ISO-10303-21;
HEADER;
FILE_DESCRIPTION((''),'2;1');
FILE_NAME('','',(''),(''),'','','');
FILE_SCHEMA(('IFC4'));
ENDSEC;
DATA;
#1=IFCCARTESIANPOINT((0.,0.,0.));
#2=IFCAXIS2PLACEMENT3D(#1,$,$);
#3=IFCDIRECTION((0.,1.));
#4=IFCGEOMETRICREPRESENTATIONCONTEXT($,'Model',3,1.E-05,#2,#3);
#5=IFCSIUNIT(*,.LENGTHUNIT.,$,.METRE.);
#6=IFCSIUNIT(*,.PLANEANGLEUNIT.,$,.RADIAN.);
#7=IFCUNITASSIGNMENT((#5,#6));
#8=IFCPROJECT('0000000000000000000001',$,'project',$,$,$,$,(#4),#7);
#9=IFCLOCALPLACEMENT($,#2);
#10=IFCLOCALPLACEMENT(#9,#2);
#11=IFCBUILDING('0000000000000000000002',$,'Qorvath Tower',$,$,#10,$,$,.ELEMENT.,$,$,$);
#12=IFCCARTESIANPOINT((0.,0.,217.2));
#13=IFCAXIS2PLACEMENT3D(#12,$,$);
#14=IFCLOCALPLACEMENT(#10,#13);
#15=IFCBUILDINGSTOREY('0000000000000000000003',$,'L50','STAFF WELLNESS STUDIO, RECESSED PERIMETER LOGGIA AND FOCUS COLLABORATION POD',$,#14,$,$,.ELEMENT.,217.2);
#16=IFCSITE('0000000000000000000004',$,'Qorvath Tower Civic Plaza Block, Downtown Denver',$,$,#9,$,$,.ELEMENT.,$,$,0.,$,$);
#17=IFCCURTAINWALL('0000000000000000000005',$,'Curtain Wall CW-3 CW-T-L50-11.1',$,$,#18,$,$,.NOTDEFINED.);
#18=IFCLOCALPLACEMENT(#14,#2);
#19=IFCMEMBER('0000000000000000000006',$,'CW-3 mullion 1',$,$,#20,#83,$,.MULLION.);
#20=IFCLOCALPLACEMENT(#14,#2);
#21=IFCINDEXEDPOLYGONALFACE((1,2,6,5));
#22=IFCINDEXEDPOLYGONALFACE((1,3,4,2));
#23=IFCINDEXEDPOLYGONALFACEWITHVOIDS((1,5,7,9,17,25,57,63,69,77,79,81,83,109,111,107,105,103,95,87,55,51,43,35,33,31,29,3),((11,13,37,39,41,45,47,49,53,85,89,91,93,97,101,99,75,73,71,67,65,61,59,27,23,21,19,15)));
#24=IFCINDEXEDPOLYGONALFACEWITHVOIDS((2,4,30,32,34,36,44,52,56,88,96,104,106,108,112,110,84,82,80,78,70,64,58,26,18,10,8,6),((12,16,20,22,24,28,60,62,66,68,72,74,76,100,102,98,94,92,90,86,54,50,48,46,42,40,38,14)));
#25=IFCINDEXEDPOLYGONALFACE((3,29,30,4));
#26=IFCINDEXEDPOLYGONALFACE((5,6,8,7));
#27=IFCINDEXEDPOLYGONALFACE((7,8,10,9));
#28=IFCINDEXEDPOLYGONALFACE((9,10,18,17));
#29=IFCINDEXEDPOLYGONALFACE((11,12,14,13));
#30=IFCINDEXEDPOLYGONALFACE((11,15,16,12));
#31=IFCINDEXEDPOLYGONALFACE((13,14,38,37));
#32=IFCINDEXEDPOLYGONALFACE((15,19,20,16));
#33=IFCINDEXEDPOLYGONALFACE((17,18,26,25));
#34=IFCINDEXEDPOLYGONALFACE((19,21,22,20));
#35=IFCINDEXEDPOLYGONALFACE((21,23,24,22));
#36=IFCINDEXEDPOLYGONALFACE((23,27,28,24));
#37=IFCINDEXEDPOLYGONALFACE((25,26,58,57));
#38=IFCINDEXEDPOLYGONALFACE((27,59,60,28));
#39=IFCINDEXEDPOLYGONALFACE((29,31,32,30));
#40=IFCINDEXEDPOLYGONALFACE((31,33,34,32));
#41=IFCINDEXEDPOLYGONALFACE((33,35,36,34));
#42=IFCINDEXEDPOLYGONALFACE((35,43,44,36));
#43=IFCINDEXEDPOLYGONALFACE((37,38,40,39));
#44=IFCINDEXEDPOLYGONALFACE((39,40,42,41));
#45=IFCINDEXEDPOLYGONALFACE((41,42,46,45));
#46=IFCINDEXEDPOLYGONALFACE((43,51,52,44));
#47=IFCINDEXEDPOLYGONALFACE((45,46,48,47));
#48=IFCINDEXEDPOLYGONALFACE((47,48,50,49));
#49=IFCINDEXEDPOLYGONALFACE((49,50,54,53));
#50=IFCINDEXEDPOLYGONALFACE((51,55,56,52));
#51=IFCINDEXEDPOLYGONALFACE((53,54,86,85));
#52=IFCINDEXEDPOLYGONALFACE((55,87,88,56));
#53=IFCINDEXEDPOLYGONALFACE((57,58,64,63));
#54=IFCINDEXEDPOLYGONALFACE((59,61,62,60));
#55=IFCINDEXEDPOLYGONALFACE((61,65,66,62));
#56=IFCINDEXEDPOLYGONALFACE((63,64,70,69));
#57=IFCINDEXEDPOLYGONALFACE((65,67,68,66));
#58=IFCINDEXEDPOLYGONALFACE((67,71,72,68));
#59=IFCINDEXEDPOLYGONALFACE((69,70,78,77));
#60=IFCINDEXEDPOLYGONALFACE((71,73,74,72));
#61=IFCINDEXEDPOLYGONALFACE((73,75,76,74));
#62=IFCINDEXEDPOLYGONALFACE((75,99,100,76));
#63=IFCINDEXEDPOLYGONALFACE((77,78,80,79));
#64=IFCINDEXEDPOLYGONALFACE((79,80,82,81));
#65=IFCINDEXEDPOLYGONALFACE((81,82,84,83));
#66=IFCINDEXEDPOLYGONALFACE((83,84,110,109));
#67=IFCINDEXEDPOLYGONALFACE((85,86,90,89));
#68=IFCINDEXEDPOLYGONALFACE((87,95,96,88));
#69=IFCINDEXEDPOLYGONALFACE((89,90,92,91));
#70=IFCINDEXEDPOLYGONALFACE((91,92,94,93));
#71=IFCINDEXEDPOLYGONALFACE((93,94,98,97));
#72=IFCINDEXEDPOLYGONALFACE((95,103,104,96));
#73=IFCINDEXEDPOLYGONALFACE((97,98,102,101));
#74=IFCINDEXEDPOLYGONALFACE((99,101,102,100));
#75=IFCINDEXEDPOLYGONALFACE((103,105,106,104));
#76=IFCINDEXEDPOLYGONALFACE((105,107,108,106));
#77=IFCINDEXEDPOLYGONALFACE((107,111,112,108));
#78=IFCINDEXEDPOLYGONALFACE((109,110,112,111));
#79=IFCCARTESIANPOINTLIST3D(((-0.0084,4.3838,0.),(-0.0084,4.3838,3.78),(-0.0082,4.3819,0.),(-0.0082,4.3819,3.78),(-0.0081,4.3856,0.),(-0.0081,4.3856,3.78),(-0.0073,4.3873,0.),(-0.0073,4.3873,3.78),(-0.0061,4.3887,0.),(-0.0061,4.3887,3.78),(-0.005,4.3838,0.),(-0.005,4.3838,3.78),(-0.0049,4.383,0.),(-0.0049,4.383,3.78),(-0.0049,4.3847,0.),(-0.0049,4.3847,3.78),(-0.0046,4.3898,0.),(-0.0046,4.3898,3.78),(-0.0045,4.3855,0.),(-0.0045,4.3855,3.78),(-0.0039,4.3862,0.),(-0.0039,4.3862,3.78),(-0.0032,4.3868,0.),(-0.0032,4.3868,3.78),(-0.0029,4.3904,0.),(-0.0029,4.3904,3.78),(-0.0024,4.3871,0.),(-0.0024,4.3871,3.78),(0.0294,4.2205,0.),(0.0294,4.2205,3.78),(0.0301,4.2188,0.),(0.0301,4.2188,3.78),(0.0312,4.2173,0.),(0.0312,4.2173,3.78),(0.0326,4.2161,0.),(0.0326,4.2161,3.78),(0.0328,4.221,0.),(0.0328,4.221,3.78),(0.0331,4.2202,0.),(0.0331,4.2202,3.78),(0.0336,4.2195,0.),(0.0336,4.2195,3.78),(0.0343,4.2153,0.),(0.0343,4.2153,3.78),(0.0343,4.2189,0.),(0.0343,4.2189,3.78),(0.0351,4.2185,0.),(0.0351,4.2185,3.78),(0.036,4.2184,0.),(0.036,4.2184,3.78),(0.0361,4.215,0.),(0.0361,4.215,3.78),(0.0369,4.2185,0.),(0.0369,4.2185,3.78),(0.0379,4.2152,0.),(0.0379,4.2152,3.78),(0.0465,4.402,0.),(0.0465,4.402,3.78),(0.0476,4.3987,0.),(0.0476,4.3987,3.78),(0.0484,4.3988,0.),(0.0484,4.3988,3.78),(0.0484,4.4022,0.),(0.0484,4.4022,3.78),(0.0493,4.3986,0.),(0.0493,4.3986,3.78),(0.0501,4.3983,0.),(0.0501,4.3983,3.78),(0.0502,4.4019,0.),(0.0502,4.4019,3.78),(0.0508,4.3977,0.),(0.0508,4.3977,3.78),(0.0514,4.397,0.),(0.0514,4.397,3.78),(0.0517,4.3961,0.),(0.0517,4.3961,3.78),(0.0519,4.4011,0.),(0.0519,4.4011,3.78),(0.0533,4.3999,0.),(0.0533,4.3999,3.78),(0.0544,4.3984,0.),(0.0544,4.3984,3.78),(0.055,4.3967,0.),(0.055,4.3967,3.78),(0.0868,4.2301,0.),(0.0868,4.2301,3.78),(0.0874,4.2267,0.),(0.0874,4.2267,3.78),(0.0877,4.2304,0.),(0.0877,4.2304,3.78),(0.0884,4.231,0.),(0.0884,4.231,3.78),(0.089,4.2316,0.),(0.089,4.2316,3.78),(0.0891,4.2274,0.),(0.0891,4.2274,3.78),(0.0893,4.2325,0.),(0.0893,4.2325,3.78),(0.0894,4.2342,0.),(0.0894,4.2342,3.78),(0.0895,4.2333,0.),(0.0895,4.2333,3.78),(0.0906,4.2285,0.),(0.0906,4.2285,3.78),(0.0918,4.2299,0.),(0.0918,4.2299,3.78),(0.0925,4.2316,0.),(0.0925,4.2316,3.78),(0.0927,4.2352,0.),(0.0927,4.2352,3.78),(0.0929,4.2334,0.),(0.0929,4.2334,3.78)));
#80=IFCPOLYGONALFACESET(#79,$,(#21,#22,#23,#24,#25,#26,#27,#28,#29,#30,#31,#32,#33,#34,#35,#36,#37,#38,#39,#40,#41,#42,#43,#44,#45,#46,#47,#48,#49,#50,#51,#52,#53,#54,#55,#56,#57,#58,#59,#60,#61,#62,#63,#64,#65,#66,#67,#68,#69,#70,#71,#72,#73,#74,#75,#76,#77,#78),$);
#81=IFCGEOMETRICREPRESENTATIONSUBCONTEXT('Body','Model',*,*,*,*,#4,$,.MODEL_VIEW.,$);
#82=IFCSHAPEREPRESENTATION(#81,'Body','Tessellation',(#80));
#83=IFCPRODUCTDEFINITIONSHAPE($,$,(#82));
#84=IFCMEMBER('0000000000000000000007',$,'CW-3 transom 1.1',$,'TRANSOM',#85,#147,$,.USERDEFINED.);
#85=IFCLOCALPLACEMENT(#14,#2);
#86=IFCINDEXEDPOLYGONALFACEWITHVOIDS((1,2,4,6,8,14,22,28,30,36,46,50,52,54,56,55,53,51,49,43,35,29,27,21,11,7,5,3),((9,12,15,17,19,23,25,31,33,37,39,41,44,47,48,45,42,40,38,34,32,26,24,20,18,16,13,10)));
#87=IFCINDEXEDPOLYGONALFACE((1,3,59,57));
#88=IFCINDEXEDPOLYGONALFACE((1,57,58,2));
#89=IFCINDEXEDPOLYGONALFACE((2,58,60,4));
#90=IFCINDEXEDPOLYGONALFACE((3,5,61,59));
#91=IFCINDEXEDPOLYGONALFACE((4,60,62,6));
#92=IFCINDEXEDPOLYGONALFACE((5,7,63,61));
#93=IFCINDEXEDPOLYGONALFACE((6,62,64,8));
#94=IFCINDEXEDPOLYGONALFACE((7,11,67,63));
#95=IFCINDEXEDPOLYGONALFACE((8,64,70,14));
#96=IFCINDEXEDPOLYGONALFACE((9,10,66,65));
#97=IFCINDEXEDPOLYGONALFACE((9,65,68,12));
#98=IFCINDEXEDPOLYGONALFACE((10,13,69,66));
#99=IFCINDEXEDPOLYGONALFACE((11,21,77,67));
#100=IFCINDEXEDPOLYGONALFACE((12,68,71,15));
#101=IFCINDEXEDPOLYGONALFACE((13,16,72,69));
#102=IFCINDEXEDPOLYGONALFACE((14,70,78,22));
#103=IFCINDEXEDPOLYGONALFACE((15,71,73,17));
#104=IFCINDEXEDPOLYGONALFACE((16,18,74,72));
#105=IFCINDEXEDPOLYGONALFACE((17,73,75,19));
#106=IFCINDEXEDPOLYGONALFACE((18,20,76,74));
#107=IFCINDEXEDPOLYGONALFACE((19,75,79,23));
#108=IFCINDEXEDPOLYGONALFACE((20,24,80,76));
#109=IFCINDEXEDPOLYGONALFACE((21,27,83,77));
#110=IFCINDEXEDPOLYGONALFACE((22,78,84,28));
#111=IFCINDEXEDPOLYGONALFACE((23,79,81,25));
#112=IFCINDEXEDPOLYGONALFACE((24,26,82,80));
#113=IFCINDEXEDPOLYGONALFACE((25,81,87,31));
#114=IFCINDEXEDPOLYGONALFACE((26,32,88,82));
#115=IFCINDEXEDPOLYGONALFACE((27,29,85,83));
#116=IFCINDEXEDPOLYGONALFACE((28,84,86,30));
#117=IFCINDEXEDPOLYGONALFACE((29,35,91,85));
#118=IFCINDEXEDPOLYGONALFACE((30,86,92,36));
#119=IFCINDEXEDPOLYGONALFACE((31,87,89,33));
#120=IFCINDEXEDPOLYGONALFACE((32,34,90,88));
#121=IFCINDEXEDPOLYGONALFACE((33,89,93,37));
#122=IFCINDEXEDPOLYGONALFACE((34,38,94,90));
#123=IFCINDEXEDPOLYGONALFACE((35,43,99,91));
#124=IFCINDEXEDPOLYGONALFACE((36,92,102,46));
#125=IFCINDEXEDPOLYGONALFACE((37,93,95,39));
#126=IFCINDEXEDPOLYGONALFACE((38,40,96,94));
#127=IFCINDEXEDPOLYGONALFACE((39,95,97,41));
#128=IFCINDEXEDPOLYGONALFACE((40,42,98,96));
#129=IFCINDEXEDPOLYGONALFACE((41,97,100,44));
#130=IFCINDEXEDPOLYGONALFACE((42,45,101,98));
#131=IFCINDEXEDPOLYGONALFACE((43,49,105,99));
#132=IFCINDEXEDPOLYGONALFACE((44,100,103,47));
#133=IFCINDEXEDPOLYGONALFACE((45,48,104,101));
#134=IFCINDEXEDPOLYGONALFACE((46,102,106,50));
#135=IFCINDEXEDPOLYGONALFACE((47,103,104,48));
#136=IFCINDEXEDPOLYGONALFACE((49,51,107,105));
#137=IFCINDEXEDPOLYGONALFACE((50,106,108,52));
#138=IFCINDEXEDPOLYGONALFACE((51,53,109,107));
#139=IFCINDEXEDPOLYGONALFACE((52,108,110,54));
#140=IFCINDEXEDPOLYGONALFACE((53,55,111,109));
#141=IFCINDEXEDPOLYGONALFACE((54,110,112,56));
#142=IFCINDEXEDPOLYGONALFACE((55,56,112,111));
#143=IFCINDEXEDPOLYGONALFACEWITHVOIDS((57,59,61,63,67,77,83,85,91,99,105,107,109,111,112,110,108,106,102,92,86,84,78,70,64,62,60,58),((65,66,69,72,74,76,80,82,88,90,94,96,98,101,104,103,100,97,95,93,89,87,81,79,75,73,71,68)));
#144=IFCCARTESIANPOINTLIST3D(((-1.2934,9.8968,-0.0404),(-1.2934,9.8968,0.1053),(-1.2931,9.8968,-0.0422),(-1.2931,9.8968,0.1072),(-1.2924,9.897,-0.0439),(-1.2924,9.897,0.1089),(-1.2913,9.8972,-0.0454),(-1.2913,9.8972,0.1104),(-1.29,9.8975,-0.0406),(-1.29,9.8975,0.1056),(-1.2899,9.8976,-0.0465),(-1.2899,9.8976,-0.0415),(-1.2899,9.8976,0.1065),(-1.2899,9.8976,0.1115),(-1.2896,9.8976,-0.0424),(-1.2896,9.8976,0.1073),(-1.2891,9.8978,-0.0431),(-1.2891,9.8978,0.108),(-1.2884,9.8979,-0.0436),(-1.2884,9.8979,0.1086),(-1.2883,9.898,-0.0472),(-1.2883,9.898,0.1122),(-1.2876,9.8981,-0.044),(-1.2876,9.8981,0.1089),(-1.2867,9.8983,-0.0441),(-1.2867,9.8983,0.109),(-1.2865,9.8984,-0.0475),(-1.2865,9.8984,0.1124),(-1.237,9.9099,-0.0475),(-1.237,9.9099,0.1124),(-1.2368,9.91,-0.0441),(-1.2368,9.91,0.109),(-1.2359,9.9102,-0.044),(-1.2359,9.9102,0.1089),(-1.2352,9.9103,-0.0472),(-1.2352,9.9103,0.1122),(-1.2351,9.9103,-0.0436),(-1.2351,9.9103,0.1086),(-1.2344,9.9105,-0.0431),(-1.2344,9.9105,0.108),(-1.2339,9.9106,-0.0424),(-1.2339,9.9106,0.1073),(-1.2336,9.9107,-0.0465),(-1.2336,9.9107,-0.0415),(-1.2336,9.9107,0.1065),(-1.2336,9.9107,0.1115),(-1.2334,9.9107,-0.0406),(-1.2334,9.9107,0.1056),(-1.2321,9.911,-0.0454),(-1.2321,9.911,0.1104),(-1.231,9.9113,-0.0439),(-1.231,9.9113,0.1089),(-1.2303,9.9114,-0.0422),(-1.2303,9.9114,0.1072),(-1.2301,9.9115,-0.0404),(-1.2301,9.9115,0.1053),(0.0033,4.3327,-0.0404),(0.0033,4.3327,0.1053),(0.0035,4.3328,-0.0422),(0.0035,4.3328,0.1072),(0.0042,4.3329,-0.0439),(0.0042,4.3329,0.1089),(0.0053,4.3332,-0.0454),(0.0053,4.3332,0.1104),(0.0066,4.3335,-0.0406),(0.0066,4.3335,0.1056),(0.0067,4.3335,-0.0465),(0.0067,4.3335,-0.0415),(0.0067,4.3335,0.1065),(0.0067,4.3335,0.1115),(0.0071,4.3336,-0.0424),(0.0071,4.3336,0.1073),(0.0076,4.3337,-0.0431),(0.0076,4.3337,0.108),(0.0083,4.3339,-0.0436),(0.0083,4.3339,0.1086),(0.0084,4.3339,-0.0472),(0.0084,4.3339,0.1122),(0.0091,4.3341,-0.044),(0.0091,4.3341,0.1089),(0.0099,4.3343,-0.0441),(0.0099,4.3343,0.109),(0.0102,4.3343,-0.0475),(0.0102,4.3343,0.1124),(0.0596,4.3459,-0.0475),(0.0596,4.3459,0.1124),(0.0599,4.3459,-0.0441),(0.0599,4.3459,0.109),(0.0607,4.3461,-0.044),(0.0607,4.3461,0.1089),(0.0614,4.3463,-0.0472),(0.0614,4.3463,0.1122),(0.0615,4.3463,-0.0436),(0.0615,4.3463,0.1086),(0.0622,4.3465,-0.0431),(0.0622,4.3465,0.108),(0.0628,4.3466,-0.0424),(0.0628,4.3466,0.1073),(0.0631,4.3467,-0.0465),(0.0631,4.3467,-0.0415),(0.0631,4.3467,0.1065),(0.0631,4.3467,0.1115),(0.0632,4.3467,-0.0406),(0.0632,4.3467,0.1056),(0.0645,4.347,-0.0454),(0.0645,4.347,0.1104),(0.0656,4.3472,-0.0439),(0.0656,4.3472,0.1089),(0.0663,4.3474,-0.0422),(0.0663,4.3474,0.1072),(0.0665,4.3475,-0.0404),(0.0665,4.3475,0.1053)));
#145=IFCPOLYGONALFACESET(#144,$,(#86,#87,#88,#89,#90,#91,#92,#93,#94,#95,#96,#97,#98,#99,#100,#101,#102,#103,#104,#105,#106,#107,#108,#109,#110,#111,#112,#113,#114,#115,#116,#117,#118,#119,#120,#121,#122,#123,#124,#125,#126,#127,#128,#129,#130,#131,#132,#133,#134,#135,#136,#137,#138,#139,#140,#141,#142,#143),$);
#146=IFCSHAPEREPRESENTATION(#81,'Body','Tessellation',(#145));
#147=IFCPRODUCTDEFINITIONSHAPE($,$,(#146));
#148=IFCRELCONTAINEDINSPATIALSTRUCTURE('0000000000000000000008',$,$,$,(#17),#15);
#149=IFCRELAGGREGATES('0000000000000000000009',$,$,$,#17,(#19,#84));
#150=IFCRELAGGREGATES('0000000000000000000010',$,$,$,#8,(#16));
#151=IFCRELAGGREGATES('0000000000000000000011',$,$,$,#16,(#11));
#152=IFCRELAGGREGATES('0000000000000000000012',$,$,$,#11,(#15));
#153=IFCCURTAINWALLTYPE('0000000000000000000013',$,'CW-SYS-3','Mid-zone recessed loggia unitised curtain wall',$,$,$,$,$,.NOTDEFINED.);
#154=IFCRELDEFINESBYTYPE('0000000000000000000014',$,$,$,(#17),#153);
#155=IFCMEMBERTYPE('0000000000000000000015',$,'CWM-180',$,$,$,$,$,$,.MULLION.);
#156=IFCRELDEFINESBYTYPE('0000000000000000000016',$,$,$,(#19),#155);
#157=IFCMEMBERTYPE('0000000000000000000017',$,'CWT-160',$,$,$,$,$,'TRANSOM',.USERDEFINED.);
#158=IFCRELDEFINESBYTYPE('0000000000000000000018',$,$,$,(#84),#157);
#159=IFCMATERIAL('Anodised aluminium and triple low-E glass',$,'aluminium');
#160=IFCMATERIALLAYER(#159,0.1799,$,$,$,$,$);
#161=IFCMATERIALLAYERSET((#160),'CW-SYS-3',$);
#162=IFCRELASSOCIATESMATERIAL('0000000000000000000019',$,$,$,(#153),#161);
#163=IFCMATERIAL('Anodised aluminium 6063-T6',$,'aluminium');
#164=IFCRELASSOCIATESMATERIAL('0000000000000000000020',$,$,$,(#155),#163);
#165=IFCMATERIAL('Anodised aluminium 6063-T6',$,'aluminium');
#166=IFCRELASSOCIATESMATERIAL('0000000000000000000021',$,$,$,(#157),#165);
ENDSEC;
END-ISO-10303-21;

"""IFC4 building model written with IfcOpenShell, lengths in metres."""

from ifc_helpers import new_model, si_unit, direction, frame, origin, origin_2d, place, context, subcontext, project, spatial, hollow_rectangle, extrude, material, layer, layer_set, material_profile, profile_set, type_object, element, aggregate, save


model = new_model("IFC4")

# Units and contexts
model_context = context("Model", 3, precision=1e-05, world=origin(), true_north=direction((0.0, 1.0)))
body_context = subcontext(model_context, "Body", "Model", "MODEL_VIEW")
ifc_project = project(units=[si_unit("LENGTHUNIT", "METRE"), si_unit("PLANEANGLEUNIT", "RADIAN")], contexts=[model_context])

# Site, building, storey
site_placement = place(None, origin())
site = spatial("IfcSite", under=ifc_project, at=site_placement, Name="Qorvath Tower Civic Plaza Block, Downtown Denver", CompositionType="ELEMENT", RefElevation=0.0)
building_placement = place(site_placement, origin())
building = spatial("IfcBuilding", under=site, at=building_placement, Name="Qorvath Tower", CompositionType="ELEMENT")
storey_placement = place(building_placement, frame((0.0, 0.0, 217.2)))
storey = spatial("IfcBuildingStorey", under=building, at=storey_placement, Name="L50", Description="STAFF WELLNESS STUDIO, RECESSED PERIMETER LOGGIA AND FOCUS COLLABORATION POD", CompositionType="ELEMENT", Elevation=217.2)

# Curtain wall, members
ifc_material_1 = material(Name="Anodised aluminium and triple low-E glass", Category="aluminium")
ifc_layer_1 = layer(ifc_material_1, 0.1799)
ifc_layer_set_1 = layer_set([ifc_layer_1], Name="CW-SYS-3")
curtain_wall_type = type_object("IfcCurtainWallType", Name="CW-SYS-3", Description="Mid-zone recessed loggia unitised curtain wall", PredefinedType="NOTDEFINED", material=ifc_layer_set_1)
curtain_wall_placement = place(storey_placement, origin())
curtain_wall = element("IfcCurtainWall", 1, at=curtain_wall_placement, inside=storey, type_object=curtain_wall_type, Name="Curtain Wall CW-3 CW-T-L50-11.1", PredefinedType="NOTDEFINED")
ifc_material_2 = material(Name="Anodised aluminium 6063-T6", Category="aluminium")
ifc_material_profile_1 = material_profile(ifc_material_2, hollow_rectangle(XDim=0.0649, YDim=0.1799, WallThickness=0.0034, InnerFilletRadius=0.0034, OuterFilletRadius=0.0071, at=origin_2d()), Name="CWM 180x65")
ifc_profile_set_1 = profile_set([ifc_material_profile_1], Name="Anodised aluminium 6063-T6")
member_type_1 = type_object("IfcMemberType", Name="CWM-180", PredefinedType="MULLION", material=ifc_profile_set_1)
member_1_placement = place(storey_placement, frame((0.0422, 4.3086, 0.0), z_axis=(0.0, 0.0, 1.0), x_axis=(-0.973908, -0.226944, 0.0)))
member_1 = element("IfcMember", 2, at=member_1_placement, type_object=member_type_1, Name="CW-3 mullion 1", PredefinedType="MULLION", context=body_context, shape_type="SweptSolid", body=[
    extrude(hollow_rectangle(XDim=0.0649, YDim=0.1799, WallThickness=0.0034, InnerFilletRadius=0.0034, OuterFilletRadius=0.0071, at=origin_2d()), origin(), (0.0, 0.0, 1.0), 3.78),
])
ifc_material_3 = material(Name="Anodised aluminium 6063-T6", Category="aluminium")
ifc_material_profile_2 = material_profile(ifc_material_3, hollow_rectangle(XDim=0.0649, YDim=0.1599, WallThickness=0.0034, InnerFilletRadius=0.0034, OuterFilletRadius=0.0071, at=origin_2d()), Name="CWT 160x65")
ifc_profile_set_2 = profile_set([ifc_material_profile_2], Name="Anodised aluminium 6063-T6")
member_type_2 = type_object("IfcMemberType", Name="CWT-160", ElementType="TRANSOM", PredefinedType="USERDEFINED", material=ifc_profile_set_2)
member_2_placement = place(storey_placement, frame((0.0349, 4.3401, 0.0325), z_axis=(-0.226959, 0.973904, 0.0), x_axis=(-0.973904, -0.226959, 0.0)))
member_2 = element("IfcMember", 3, at=member_2_placement, type_object=member_type_2, Name="CW-3 transom 1.1", ObjectType="TRANSOM", PredefinedType="USERDEFINED", context=body_context, shape_type="SweptSolid", body=[
    extrude(hollow_rectangle(XDim=0.0649, YDim=0.1599, WallThickness=0.0034, InnerFilletRadius=0.0034, OuterFilletRadius=0.0071, at=origin_2d()), origin(), (0.0, 0.0, 1.0), 5.7131),
])
aggregate(curtain_wall, [member_1, member_2])

save(model, "model.ifc")
